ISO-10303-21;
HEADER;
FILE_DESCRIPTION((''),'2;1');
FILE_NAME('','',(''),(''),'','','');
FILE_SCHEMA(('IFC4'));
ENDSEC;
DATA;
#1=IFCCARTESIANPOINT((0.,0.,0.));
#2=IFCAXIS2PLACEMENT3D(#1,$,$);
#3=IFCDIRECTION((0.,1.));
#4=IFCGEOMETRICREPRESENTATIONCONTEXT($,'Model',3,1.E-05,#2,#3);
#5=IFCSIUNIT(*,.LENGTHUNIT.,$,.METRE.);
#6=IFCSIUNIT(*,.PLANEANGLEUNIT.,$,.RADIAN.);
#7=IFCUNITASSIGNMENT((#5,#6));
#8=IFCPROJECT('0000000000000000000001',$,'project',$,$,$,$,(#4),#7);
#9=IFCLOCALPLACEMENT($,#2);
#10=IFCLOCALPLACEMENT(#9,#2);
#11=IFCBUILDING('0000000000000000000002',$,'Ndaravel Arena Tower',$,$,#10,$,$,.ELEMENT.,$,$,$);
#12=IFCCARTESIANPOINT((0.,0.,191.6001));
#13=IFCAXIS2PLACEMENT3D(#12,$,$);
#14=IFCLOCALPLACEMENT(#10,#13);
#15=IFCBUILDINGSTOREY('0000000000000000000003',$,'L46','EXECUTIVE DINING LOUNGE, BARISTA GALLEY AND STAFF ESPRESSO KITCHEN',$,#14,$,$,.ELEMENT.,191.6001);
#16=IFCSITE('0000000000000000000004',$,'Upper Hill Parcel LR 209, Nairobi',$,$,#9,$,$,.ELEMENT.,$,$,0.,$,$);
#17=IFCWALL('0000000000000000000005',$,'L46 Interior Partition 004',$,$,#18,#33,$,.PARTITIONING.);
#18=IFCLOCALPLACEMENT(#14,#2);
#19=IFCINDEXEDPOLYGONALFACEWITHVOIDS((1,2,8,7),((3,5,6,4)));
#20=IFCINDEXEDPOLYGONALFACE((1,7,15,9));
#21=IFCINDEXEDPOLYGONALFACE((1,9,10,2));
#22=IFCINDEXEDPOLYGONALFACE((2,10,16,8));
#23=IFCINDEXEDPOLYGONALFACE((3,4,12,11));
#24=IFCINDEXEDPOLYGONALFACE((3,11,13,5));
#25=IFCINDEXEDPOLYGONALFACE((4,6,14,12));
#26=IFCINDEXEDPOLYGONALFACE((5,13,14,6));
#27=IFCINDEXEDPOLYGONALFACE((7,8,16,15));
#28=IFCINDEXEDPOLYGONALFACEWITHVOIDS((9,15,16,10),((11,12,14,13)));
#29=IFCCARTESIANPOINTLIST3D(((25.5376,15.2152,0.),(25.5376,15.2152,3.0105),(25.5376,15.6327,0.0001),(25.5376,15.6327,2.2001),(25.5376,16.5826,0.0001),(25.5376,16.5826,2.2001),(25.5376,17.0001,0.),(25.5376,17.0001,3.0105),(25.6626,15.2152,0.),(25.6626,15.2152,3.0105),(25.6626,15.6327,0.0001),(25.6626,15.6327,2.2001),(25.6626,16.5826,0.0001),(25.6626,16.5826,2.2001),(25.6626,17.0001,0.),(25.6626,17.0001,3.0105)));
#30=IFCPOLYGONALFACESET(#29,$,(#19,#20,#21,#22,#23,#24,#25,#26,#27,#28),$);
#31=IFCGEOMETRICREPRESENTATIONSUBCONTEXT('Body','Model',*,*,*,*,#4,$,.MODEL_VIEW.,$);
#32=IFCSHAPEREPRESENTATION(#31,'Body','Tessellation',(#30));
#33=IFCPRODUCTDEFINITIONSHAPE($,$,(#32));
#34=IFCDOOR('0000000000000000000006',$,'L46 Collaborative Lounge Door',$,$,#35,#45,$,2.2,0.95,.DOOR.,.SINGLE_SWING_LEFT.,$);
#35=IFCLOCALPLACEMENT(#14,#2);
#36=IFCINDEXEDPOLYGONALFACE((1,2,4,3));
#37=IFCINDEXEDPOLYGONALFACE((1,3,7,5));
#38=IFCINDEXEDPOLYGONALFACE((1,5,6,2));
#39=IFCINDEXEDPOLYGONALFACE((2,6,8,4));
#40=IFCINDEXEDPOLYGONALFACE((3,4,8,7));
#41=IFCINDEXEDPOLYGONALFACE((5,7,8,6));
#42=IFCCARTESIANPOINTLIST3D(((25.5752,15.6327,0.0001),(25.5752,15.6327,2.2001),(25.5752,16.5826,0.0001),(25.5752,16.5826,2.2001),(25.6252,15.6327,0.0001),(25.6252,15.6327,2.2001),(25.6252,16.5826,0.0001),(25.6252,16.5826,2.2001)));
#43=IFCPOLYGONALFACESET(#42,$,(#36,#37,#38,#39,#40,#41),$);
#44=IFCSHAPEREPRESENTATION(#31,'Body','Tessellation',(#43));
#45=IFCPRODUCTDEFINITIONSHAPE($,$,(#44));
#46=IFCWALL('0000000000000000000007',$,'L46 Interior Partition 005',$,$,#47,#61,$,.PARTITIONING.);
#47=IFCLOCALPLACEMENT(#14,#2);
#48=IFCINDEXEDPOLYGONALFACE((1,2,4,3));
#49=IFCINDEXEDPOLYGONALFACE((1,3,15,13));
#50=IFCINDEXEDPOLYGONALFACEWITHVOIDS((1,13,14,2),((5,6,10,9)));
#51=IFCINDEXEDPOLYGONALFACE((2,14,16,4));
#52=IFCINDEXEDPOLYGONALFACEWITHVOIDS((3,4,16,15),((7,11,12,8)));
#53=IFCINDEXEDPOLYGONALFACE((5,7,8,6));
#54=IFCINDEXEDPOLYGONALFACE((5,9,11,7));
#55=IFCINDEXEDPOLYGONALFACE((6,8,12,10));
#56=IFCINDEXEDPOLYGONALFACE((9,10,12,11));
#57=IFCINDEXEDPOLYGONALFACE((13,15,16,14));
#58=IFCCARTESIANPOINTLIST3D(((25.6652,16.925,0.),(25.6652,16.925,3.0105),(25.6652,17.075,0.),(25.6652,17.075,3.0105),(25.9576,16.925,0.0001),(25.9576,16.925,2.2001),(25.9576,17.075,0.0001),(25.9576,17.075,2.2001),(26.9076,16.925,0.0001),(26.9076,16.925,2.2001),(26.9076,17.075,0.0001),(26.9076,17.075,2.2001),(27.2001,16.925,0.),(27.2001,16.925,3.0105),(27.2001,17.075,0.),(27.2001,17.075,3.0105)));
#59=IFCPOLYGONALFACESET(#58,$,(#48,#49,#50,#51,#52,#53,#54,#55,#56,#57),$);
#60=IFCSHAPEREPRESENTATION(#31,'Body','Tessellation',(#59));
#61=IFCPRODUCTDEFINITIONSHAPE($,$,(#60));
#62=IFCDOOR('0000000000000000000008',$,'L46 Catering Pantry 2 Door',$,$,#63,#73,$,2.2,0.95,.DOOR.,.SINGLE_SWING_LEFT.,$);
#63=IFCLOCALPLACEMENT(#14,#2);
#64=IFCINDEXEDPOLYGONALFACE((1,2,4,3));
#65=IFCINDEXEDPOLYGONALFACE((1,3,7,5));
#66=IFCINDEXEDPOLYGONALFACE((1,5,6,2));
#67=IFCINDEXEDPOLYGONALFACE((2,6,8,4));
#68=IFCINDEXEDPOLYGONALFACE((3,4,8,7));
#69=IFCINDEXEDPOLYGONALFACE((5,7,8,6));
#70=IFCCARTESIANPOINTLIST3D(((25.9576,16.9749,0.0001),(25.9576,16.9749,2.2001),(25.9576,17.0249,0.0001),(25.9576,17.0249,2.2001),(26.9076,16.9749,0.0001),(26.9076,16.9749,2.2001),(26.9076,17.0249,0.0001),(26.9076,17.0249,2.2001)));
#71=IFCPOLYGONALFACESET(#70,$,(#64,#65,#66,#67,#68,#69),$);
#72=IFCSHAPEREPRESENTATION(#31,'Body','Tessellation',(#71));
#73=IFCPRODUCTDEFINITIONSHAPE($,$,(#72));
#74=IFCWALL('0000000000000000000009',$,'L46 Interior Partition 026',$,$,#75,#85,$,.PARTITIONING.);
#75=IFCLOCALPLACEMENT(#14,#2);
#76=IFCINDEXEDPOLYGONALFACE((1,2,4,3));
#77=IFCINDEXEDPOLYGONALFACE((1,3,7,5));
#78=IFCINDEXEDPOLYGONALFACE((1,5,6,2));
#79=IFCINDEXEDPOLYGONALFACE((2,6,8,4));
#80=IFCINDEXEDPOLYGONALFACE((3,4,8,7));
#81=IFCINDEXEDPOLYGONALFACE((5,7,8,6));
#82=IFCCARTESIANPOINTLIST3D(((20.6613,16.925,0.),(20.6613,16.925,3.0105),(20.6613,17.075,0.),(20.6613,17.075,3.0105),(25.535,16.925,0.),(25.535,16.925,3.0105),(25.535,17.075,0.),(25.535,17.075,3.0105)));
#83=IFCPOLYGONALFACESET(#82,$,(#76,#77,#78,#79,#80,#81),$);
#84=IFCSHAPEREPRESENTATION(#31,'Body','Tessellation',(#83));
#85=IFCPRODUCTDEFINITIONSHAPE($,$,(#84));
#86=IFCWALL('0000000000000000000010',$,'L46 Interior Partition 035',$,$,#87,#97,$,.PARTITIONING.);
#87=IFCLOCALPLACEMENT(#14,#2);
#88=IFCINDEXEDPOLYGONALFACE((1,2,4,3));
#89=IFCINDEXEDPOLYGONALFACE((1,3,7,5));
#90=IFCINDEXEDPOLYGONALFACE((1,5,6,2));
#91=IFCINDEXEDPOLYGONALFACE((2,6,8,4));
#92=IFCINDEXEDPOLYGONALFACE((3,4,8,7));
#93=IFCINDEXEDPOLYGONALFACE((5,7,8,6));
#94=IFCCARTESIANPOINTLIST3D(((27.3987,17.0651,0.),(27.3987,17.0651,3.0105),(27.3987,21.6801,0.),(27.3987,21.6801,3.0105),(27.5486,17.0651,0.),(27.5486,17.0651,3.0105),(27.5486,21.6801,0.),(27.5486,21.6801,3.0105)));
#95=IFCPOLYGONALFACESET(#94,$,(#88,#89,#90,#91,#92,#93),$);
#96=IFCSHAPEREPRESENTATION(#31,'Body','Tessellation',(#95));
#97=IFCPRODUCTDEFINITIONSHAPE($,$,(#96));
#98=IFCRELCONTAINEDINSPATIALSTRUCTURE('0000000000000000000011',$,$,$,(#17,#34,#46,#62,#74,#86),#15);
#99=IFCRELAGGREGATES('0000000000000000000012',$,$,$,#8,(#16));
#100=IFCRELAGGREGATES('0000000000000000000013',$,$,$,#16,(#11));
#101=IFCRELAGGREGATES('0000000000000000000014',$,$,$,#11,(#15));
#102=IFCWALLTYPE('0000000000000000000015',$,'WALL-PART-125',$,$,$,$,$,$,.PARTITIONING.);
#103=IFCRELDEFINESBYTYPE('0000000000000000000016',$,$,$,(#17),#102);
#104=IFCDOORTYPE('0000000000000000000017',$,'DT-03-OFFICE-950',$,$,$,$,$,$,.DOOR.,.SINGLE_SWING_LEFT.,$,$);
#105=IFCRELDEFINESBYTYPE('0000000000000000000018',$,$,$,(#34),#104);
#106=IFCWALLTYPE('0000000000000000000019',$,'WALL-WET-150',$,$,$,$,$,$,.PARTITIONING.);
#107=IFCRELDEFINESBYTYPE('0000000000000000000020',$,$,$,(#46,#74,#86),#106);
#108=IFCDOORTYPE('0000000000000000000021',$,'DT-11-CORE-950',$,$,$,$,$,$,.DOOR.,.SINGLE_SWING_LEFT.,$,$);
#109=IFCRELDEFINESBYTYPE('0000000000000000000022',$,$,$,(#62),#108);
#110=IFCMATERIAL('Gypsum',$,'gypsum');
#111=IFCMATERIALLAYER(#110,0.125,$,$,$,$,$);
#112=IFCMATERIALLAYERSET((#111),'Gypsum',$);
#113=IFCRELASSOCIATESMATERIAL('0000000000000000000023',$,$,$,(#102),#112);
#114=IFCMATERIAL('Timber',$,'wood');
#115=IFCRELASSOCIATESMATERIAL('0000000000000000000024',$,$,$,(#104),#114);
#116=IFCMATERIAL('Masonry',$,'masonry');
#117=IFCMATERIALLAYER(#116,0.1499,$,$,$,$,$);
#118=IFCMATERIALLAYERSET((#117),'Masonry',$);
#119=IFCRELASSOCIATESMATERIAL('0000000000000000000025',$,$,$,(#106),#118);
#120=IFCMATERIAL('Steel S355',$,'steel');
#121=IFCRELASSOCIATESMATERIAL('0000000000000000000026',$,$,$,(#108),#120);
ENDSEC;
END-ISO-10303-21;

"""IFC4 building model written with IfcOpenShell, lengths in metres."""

from ifc_helpers import new_model, si_unit, direction, frame, frame_2d, origin, place, context, subcontext, project, spatial, rectangle, extrude, material, layer, layer_set, type_object, element, fill, save


model = new_model("IFC4")

# Units and contexts
model_context = context("Model", 3, precision=1e-05, world=origin(), true_north=direction((0.0, 1.0)))
body_context = subcontext(model_context, "Body", "Model", "MODEL_VIEW")
ifc_project = project(units=[si_unit("LENGTHUNIT", "METRE"), si_unit("PLANEANGLEUNIT", "RADIAN")], contexts=[model_context])

# Site, building, storey
site_placement = place(None, origin())
site = spatial("IfcSite", under=ifc_project, at=site_placement, Name="Upper Hill Parcel LR 209, Nairobi", CompositionType="ELEMENT", RefElevation=0.0)
building_placement = place(site_placement, origin())
building = spatial("IfcBuilding", under=site, at=building_placement, Name="Ndaravel Arena Tower", CompositionType="ELEMENT")
storey_placement = place(building_placement, frame((0.0, 0.0, 191.6001)))
storey = spatial("IfcBuildingStorey", under=building, at=storey_placement, Name="L46", Description="EXECUTIVE DINING LOUNGE, BARISTA GALLEY AND STAFF ESPRESSO KITCHEN", CompositionType="ELEMENT", Elevation=191.6001)

# Shared definitions
ifc_material_1 = material(Name="Gypsum", Category="gypsum")
ifc_layer_1 = layer(ifc_material_1, 0.125)
ifc_layer_set_1 = layer_set([ifc_layer_1], Name="Gypsum")
wall_type_1 = type_object("IfcWallType", Name="WALL-PART-125", PredefinedType="PARTITIONING", material=ifc_layer_set_1)

# Walls, openings, doors
wall_1_placement = place(storey_placement, frame((25.6001, 15.2151, 0.0), z_axis=(0.0, 0.0, 1.0), x_axis=(0.0, 1.0, 0.0)))
wall_1 = element("IfcWall", 1, at=wall_1_placement, inside=storey, type_object=wall_type_1, Name="L46 Interior Partition 004", PredefinedType="PARTITIONING", context=body_context, shape_type="SweptSolid", body=[
    extrude(rectangle(XDim=1.7849, YDim=0.125, at=frame_2d((0.8926, 0.0))), origin(), (0.0, 0.0, 1.0), 3.0105),
])
opening_1_placement = place(wall_1_placement, frame((0.4175, 0.0, 0.0)))
opening_1 = element("IfcOpeningElement", 2, at=opening_1_placement, cuts=wall_1, PredefinedType="OPENING", context=body_context, shape_type="SweptSolid", body=[
    extrude(rectangle(XDim=0.95, YDim=2.2, at=frame_2d((0.4751, 1.1001))), frame((0.0, 0.0625, 0.0), z_axis=(0.0, -1.0, 0.0), x_axis=(1.0, 0.0, 0.0)), (0.0, 0.0, 1.0), 0.125),
])
ifc_material_2 = material(Name="Timber", Category="wood")
door_type_1 = type_object("IfcDoorType", Name="DT-03-OFFICE-950", OperationType="SINGLE_SWING_LEFT", PredefinedType="DOOR", material=ifc_material_2)
door_1_placement = place(opening_1_placement, origin())
door_1 = element("IfcDoor", 3, at=door_1_placement, inside=storey, type_object=door_type_1, Name="L46 Collaborative Lounge Door", OperationType="SINGLE_SWING_LEFT", OverallHeight=2.2, OverallWidth=0.95, PredefinedType="DOOR", context=body_context, shape_type="SweptSolid", body=[
    extrude(rectangle(XDim=0.95, YDim=2.2, at=frame_2d((0.4751, 1.1001))), frame((0.0, 0.0249, 0.0), z_axis=(0.0, -1.0, 0.0), x_axis=(1.0, 0.0, 0.0)), (0.0, 0.0, 1.0), 0.05),
])
fill(opening_1, door_1)
ifc_material_3 = material(Name="Masonry", Category="masonry")
ifc_layer_2 = layer(ifc_material_3, 0.1499)
ifc_layer_set_2 = layer_set([ifc_layer_2], Name="Masonry")
wall_type_2 = type_object("IfcWallType", Name="WALL-WET-150", PredefinedType="PARTITIONING", material=ifc_layer_set_2)
wall_2_placement = place(storey_placement, frame((25.665, 17.0, 0.0), z_axis=(0.0, 0.0, 1.0), x_axis=(1.0, 0.0, 0.0)))
wall_2 = element("IfcWall", 4, at=wall_2_placement, inside=storey, type_object=wall_type_2, Name="L46 Interior Partition 005", PredefinedType="PARTITIONING", context=body_context, shape_type="SweptSolid", body=[
    extrude(rectangle(XDim=1.5349, YDim=0.1499, at=frame_2d((0.7676, 0.0))), origin(), (0.0, 0.0, 1.0), 3.0105),
])
opening_2_placement = place(wall_2_placement, frame((0.2925, 0.0, 0.0)))
opening_2 = element("IfcOpeningElement", 5, at=opening_2_placement, cuts=wall_2, PredefinedType="OPENING", context=body_context, shape_type="SweptSolid", body=[
    extrude(rectangle(XDim=0.95, YDim=2.2, at=frame_2d((0.4751, 1.1001))), frame((0.0, 0.075, 0.0), z_axis=(0.0, -1.0, 0.0), x_axis=(1.0, 0.0, 0.0)), (0.0, 0.0, 1.0), 0.1499),
])
ifc_material_4 = material(Name="Steel S355", Category="steel")
door_type_2 = type_object("IfcDoorType", Name="DT-11-CORE-950", OperationType="SINGLE_SWING_LEFT", PredefinedType="DOOR", material=ifc_material_4)
door_2_placement = place(opening_2_placement, origin())
door_2 = element("IfcDoor", 6, at=door_2_placement, inside=storey, type_object=door_type_2, Name="L46 Catering Pantry 2 Door", OperationType="SINGLE_SWING_LEFT", OverallHeight=2.2, OverallWidth=0.95, PredefinedType="DOOR", context=body_context, shape_type="SweptSolid", body=[
    extrude(rectangle(XDim=0.95, YDim=2.2, at=frame_2d((0.4751, 1.1001))), frame((0.0, 0.0249, 0.0), z_axis=(0.0, -1.0, 0.0), x_axis=(1.0, 0.0, 0.0)), (0.0, 0.0, 1.0), 0.05),
])
fill(opening_2, door_2)

# Walls
wall_3_placement = place(storey_placement, frame((20.6611, 17.0, 0.0), z_axis=(0.0, 0.0, 1.0), x_axis=(1.0, 0.0, 0.0)))
element("IfcWall", 7, at=wall_3_placement, inside=storey, type_object=wall_type_2, Name="L46 Interior Partition 026", PredefinedType="PARTITIONING", context=body_context, shape_type="SweptSolid", body=[
    extrude(rectangle(XDim=4.8738, YDim=0.1499, at=frame_2d((2.437, 0.0))), origin(), (0.0, 0.0, 1.0), 3.0105),
])
wall_4_placement = place(storey_placement, frame((27.4736, 17.0649, 0.0), z_axis=(0.0, 0.0, 1.0), x_axis=(0.0, 1.0, 0.0)))
element("IfcWall", 8, at=wall_4_placement, inside=storey, type_object=wall_type_2, Name="L46 Interior Partition 035", PredefinedType="PARTITIONING", context=body_context, shape_type="SweptSolid", body=[
    extrude(rectangle(XDim=4.615, YDim=0.1499, at=frame_2d((2.3076, 0.0))), origin(), (0.0, 0.0, 1.0), 3.0105),
])

save(model, "model.ifc")
